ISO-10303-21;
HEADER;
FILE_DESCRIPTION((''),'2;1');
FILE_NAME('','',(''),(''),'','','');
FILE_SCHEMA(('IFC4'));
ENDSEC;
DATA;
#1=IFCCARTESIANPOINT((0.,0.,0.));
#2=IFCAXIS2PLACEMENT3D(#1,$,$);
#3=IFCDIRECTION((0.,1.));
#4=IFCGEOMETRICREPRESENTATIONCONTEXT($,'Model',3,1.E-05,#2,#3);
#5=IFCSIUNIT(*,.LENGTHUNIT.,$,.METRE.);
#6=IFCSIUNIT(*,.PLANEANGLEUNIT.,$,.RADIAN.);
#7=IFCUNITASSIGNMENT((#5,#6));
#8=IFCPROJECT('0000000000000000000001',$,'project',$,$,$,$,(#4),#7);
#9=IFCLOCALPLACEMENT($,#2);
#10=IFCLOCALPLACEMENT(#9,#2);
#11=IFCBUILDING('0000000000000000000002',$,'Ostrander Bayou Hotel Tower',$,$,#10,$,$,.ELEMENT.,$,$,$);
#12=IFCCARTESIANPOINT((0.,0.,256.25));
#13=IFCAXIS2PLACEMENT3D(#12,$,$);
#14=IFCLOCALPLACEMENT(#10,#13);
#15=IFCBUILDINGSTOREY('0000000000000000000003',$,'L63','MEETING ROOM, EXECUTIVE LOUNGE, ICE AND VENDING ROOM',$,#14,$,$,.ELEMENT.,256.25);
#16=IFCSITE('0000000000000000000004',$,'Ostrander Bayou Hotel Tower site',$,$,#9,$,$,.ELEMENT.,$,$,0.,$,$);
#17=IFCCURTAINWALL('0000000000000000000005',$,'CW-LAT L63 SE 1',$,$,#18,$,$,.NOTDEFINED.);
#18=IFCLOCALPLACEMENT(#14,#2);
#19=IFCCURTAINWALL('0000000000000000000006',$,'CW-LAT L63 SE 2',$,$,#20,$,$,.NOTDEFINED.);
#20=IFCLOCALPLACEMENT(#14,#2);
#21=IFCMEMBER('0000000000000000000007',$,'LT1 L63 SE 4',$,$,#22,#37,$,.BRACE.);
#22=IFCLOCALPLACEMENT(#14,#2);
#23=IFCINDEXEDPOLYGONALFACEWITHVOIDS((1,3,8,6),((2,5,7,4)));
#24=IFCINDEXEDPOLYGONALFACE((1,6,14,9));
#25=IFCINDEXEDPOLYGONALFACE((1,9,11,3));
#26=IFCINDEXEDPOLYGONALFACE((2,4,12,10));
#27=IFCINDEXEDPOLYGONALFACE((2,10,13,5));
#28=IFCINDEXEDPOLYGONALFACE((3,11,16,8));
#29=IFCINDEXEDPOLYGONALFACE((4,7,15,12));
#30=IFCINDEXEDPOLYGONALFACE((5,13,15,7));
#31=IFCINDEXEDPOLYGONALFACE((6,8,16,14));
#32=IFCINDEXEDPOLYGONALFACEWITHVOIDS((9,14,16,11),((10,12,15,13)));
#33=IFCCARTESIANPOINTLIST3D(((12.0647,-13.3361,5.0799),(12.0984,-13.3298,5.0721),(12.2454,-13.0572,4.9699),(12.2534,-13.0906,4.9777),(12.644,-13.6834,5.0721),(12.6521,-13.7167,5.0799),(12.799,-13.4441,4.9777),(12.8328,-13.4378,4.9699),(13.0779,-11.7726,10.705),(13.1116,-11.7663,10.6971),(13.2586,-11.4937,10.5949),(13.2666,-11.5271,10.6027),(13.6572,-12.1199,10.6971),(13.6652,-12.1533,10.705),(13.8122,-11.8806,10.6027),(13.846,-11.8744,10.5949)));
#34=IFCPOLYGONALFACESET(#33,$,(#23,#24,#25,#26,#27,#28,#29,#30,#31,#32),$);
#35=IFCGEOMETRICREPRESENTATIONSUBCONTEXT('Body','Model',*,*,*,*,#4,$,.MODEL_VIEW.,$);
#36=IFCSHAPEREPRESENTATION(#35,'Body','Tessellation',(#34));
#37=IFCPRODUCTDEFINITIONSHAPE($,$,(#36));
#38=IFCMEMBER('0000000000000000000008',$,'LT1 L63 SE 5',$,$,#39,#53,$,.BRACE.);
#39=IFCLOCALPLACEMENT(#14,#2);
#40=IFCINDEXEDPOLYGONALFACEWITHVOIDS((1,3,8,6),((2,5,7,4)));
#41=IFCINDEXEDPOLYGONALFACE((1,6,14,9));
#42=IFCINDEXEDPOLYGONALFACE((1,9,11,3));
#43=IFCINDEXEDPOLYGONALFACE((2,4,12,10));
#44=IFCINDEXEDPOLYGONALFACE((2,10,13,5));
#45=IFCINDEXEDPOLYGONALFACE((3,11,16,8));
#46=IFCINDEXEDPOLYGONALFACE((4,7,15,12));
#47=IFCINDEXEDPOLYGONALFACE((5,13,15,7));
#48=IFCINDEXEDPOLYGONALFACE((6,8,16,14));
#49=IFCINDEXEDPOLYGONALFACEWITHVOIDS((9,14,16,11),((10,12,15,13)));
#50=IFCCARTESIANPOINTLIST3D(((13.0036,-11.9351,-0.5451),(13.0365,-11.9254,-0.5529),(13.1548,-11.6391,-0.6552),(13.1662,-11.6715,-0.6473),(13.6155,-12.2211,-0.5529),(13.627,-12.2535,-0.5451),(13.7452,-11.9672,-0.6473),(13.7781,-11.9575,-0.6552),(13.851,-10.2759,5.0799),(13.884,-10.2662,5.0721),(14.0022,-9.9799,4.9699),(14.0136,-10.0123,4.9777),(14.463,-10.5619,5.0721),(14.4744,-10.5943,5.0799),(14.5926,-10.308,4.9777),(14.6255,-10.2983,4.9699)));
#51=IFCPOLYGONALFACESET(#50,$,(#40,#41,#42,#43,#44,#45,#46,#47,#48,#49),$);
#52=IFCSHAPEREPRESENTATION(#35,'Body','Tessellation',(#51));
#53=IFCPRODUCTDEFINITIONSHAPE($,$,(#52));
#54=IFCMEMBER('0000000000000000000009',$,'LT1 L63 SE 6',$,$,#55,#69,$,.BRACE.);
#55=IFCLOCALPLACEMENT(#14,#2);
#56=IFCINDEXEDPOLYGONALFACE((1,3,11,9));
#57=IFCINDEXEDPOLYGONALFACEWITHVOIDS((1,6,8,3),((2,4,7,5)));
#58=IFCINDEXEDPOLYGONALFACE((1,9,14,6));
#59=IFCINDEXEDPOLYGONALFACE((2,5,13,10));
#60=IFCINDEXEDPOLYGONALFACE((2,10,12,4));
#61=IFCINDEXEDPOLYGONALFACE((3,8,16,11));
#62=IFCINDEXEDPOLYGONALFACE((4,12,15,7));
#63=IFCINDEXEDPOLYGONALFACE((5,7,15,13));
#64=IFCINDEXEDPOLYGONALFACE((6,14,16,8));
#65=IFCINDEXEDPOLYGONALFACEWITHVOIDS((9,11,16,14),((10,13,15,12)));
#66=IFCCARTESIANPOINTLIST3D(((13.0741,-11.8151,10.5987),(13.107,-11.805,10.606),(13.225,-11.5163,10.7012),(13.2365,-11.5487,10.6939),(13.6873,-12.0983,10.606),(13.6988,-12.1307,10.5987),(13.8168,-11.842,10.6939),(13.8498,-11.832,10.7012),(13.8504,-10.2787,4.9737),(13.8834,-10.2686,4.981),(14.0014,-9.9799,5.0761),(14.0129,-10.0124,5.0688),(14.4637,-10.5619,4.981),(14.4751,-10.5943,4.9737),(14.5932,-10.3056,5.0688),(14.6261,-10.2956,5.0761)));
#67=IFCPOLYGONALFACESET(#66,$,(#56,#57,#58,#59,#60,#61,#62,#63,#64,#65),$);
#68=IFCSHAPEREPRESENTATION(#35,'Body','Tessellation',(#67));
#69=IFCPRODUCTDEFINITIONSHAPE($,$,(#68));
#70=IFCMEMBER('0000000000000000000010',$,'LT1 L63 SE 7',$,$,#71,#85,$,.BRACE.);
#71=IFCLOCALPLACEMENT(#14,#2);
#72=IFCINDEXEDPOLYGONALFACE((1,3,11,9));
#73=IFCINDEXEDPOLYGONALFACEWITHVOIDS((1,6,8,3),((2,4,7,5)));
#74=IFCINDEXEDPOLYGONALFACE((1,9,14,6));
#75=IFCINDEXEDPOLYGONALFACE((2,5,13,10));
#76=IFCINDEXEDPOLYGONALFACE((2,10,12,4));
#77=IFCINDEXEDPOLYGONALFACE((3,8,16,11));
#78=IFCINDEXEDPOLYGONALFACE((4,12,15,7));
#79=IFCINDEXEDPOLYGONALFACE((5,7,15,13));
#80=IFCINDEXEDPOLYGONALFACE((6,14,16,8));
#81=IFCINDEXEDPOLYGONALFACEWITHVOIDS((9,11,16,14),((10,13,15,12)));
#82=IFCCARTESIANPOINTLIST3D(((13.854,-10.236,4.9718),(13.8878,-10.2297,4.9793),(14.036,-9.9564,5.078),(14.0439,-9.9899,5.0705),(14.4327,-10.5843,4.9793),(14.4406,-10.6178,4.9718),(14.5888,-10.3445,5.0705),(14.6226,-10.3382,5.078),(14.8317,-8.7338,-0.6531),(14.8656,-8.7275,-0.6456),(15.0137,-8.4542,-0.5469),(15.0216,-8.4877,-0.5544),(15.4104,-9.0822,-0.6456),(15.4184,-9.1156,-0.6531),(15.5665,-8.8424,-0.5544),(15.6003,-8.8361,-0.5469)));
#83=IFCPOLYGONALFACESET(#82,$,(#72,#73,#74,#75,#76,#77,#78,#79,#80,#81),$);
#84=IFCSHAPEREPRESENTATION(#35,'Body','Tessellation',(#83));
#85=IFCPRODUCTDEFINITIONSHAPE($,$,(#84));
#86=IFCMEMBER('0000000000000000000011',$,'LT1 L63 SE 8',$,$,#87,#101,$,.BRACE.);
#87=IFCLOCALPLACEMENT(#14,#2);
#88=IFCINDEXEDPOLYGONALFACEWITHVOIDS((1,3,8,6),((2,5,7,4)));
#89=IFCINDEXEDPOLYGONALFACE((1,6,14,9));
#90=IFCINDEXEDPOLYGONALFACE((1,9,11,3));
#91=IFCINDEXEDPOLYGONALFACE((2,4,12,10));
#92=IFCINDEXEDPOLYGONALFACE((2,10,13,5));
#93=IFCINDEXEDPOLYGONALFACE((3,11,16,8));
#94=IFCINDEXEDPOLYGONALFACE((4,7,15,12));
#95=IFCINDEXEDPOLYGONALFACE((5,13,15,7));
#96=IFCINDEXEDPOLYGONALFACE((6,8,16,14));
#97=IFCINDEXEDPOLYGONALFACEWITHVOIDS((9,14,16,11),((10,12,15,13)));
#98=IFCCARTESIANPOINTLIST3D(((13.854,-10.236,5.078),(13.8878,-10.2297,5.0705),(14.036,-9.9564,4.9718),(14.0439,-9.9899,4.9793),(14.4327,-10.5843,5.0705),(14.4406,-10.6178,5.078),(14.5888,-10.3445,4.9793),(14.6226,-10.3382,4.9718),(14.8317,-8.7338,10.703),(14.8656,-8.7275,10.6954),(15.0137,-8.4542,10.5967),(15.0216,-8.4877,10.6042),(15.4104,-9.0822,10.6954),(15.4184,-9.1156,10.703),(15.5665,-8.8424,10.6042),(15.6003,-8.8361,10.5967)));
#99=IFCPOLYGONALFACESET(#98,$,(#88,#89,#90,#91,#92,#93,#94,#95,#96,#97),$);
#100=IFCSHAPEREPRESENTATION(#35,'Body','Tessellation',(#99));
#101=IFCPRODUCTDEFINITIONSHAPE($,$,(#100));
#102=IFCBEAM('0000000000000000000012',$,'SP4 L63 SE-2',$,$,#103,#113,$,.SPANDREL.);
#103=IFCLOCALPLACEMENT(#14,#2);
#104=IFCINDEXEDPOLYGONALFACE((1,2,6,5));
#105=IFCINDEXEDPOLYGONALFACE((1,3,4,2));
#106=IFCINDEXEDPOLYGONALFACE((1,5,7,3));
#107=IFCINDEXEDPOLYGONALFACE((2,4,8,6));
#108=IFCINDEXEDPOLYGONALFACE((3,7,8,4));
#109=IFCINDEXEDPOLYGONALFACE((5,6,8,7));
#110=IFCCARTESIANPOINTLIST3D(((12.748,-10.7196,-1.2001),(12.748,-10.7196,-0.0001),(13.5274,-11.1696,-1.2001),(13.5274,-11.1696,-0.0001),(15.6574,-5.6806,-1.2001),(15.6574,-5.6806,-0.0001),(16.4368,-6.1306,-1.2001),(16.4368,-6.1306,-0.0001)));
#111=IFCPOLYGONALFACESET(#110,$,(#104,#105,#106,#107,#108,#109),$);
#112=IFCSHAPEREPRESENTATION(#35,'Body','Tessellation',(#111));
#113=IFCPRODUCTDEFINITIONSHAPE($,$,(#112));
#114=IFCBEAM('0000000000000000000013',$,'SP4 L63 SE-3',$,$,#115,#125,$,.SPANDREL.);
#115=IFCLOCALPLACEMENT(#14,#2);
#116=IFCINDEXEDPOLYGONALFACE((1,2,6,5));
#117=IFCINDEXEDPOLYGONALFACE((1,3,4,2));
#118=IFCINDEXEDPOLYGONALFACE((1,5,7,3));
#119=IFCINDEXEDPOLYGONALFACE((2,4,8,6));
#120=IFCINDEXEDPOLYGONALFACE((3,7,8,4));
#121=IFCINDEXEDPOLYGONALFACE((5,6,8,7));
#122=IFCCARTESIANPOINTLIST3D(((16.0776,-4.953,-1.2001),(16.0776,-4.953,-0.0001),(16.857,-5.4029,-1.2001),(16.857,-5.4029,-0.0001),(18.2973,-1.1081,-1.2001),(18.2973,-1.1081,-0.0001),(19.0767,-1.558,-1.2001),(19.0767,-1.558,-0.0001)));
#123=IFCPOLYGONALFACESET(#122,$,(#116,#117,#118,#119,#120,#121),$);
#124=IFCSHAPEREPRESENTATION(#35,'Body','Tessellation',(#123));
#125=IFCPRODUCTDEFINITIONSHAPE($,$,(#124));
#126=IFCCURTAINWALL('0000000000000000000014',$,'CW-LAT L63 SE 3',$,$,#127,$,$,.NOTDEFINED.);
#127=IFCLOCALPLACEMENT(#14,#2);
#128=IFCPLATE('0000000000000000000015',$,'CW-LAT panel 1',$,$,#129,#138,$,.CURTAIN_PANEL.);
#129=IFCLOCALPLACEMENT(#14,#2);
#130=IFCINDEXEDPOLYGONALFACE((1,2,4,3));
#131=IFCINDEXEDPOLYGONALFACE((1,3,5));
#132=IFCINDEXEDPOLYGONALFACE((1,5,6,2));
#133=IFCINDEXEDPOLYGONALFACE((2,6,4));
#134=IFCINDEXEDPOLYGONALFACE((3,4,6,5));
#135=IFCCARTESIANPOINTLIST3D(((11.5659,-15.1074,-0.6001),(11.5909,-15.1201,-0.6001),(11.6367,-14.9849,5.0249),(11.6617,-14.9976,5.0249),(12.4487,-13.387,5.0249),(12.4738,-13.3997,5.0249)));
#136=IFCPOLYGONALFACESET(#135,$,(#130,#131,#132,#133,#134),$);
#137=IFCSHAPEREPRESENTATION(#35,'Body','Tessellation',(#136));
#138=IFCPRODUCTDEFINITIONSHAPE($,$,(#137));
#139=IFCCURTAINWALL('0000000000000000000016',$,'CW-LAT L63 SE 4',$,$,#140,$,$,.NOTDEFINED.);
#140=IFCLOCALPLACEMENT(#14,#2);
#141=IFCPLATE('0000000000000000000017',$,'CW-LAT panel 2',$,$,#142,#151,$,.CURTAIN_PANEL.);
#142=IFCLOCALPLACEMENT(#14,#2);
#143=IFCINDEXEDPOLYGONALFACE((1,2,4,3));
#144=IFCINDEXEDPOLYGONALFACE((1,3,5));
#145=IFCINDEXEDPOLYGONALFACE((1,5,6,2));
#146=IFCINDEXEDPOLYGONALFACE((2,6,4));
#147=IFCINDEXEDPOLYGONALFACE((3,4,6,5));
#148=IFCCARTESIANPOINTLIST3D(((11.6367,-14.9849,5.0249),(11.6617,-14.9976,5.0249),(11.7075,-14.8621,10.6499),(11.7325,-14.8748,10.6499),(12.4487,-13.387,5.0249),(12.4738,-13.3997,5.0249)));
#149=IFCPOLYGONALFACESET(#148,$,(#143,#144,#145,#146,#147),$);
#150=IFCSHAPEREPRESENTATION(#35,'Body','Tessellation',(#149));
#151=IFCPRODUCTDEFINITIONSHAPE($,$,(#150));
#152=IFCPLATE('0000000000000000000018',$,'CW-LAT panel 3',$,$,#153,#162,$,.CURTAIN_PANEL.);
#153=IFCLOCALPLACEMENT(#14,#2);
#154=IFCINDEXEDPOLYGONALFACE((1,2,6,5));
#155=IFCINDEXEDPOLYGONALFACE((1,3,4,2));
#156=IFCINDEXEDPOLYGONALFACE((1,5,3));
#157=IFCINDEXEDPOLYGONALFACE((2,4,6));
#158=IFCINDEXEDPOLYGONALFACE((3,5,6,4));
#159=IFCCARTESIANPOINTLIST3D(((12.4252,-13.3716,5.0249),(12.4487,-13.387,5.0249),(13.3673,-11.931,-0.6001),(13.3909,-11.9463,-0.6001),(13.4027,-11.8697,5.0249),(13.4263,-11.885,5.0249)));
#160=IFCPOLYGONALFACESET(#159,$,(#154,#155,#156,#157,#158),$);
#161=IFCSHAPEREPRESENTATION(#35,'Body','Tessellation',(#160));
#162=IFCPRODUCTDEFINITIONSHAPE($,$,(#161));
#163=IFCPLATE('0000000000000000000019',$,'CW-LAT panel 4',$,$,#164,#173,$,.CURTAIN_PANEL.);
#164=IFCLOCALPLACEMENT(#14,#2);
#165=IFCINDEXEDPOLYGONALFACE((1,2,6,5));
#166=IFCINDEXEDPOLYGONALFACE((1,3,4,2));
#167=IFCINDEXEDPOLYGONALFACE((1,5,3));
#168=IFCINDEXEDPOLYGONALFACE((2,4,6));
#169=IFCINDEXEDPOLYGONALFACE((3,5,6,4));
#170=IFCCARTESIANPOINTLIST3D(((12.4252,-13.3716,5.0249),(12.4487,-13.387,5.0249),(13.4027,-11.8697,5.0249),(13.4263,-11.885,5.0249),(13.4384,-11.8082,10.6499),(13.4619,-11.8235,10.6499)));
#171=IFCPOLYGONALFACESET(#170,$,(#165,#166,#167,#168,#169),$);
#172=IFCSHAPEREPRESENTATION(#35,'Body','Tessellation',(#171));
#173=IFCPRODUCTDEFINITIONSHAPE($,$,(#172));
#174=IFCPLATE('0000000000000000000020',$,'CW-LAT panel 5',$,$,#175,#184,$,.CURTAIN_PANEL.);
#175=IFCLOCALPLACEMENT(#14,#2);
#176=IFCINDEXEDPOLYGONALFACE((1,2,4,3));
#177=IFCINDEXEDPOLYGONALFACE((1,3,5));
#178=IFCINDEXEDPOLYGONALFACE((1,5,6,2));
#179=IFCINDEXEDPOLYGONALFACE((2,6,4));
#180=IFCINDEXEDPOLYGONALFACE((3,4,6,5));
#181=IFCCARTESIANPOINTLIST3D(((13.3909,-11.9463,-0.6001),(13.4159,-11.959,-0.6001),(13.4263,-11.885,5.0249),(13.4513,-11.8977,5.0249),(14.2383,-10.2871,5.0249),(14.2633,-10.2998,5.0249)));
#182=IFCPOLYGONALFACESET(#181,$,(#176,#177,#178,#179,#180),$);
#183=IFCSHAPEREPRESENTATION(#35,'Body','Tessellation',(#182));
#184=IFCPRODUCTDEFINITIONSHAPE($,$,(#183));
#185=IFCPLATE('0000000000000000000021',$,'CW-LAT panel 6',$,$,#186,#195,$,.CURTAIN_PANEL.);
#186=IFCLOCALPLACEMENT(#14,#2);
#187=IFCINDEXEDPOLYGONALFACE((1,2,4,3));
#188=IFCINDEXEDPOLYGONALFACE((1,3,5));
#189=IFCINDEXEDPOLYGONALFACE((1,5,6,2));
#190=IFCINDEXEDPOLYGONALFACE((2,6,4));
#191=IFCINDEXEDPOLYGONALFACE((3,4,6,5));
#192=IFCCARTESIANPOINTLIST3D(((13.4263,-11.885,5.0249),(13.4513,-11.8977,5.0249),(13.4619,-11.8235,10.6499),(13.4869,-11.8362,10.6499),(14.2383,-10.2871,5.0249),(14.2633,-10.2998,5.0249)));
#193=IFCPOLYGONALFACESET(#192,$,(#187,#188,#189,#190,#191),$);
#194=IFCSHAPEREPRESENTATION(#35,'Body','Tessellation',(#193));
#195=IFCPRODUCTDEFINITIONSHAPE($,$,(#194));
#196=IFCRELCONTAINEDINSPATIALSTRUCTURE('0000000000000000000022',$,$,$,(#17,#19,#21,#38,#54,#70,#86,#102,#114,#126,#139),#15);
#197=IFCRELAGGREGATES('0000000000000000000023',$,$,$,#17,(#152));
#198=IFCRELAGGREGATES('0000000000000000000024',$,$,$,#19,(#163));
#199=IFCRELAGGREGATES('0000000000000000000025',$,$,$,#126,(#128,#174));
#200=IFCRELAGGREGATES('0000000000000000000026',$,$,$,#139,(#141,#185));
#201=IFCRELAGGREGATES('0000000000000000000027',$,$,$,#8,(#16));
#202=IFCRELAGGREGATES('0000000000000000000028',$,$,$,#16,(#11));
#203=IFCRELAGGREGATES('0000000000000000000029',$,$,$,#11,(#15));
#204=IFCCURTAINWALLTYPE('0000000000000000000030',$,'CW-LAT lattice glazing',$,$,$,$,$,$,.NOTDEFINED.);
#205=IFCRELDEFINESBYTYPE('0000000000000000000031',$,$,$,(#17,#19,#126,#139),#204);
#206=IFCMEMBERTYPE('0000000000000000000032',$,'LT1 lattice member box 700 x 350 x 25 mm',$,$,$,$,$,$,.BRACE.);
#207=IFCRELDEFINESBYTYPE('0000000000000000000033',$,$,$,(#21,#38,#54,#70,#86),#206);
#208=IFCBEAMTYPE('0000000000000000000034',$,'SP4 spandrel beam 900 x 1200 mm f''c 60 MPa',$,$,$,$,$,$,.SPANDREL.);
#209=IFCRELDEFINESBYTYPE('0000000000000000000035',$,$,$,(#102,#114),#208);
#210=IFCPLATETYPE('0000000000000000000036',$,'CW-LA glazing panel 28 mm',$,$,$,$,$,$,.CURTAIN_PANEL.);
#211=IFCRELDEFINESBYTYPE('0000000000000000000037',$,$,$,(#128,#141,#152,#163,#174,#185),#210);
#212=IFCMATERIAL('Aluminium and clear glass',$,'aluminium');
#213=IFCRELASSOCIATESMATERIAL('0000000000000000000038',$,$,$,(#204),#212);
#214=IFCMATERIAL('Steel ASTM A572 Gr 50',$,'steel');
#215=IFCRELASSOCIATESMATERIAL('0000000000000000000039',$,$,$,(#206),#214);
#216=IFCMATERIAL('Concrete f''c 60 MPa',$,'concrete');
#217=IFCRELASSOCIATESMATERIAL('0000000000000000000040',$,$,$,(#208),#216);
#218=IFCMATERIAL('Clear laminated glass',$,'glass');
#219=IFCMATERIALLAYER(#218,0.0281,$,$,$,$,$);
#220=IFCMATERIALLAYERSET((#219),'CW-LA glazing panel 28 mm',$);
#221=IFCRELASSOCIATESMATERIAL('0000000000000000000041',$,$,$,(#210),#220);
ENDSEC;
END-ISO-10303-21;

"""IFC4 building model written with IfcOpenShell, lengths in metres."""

from ifc_helpers import new_model, si_unit, direction, frame, origin, origin_2d, place, context, subcontext, project, spatial, polyline, rectangle, hollow_rectangle, outline, extrude, material, layer, layer_set, material_profile, profile_set, type_object, element, aggregate, save


model = new_model("IFC4")

# Units and contexts
model_context = context("Model", 3, precision=1e-05, world=origin(), true_north=direction((0.0, 1.0)))
body_context = subcontext(model_context, "Body", "Model", "MODEL_VIEW")
ifc_project = project(units=[si_unit("LENGTHUNIT", "METRE"), si_unit("PLANEANGLEUNIT", "RADIAN")], contexts=[model_context])

# Site, building, storey
site_placement = place(None, origin())
site = spatial("IfcSite", under=ifc_project, at=site_placement, Name="Ostrander Bayou Hotel Tower site", CompositionType="ELEMENT", RefElevation=0.0)
building_placement = place(site_placement, origin())
building = spatial("IfcBuilding", under=site, at=building_placement, Name="Ostrander Bayou Hotel Tower", CompositionType="ELEMENT")
storey_placement = place(building_placement, frame((0.0, 0.0, 256.25)))
storey = spatial("IfcBuildingStorey", under=building, at=storey_placement, Name="L63", Description="MEETING ROOM, EXECUTIVE LOUNGE, ICE AND VENDING ROOM", CompositionType="ELEMENT", Elevation=256.25)

# Curtain walls
ifc_material_1 = material(Name="Aluminium and clear glass", Category="aluminium")
curtain_wall_type = type_object("IfcCurtainWallType", Name="CW-LAT lattice glazing", PredefinedType="NOTDEFINED", material=ifc_material_1)
curtain_wall_1_placement = place(storey_placement, origin())
curtain_wall_1 = element("IfcCurtainWall", 1, at=curtain_wall_1_placement, inside=storey, type_object=curtain_wall_type, Name="CW-LAT L63 SE 1", PredefinedType="NOTDEFINED")
curtain_wall_2_placement = place(storey_placement, origin())
curtain_wall_2 = element("IfcCurtainWall", 2, at=curtain_wall_2_placement, inside=storey, type_object=curtain_wall_type, Name="CW-LAT L63 SE 2", PredefinedType="NOTDEFINED")

# Members
ifc_material_2 = material(Name="Steel ASTM A572 Gr 50", Category="steel")
ifc_material_profile_1 = material_profile(ifc_material_2, hollow_rectangle(XDim=0.7, YDim=0.3501, WallThickness=0.0249, at=origin_2d()))
ifc_profile_set_1 = profile_set([ifc_material_profile_1], Name="Steel ASTM A572 Gr 50")
member_type_1 = type_object("IfcMemberType", Name="LT1 lattice member box 700 x 350 x 25 mm", PredefinedType="BRACE", material=ifc_profile_set_1)
for number, where, z_axis, x_axis, name in (
    (3, (12.4487, -13.387, 5.0249), (0.170987, 0.263855, 0.949286), (-0.839197, 0.543827, 0.0), "LT1 L63 SE 4"),
    (4, (14.2383, -10.2871, 5.0249), (-0.143011, -0.280006, -0.949286), (0.890568, -0.45485, 0.0), "LT1 L63 SE 5"),
):
    element("IfcMember", number, at=place(storey_placement, frame(where, z_axis=z_axis, x_axis=x_axis)), inside=storey, type_object=member_type_1, Name=name, PredefinedType="BRACE", context=body_context, shape_type="SweptSolid", body=[
        extrude(hollow_rectangle(XDim=0.7, YDim=0.3501, WallThickness=0.0249, at=origin_2d()), origin(), (0.0, 0.0, 1.0), 5.9255),
    ])
member_1_placement = place(storey_placement, frame((14.2383, -10.2871, 5.0249), z_axis=(-0.131979, -0.261177, 0.956226), x_axis=(0.892519, -0.451011, 0.0)))
element("IfcMember", 5, at=member_1_placement, inside=storey, type_object=member_type_1, Name="LT1 L63 SE 6", PredefinedType="BRACE", context=body_context, shape_type="SweptSolid", body=[
    extrude(hollow_rectangle(XDim=0.7, YDim=0.3501, WallThickness=0.0249, at=origin_2d()), origin(), (0.0, 0.0, 1.0), 5.8826),
])
for number, where, z_axis, x_axis, name in (
    (6, (14.2383, -10.2871, 5.0249), (0.165623, 0.254452, -0.952798), (-0.838098, 0.54552, 0.0), "LT1 L63 SE 7"),
    (7, (14.2383, -10.2871, 5.0249), (0.165623, 0.254452, 0.952798), (-0.838098, 0.54552, 0.0), "LT1 L63 SE 8"),
):
    element("IfcMember", number, at=place(storey_placement, frame(where, z_axis=z_axis, x_axis=x_axis)), inside=storey, type_object=member_type_1, Name=name, PredefinedType="BRACE", context=body_context, shape_type="SweptSolid", body=[
        extrude(hollow_rectangle(XDim=0.7, YDim=0.3501, WallThickness=0.0249, at=origin_2d()), origin(), (0.0, 0.0, 1.0), 5.9036),
    ])

# Beams
ifc_material_3 = material(Name="Concrete f'c 60 MPa", Category="concrete")
ifc_material_profile_2 = material_profile(ifc_material_3, rectangle(XDim=0.8999, YDim=1.2, at=origin_2d()))
ifc_profile_set_2 = profile_set([ifc_material_profile_2], Name="Concrete f'c 60 MPa")
beam_type_1 = type_object("IfcBeamType", Name="SP4 spandrel beam 900 x 1200 mm f'c 60 MPa", PredefinedType="SPANDREL", material=ifc_profile_set_2)
beam_1_placement = place(storey_placement, frame((13.1377, -10.9446, -0.6001), z_axis=(0.500015, 0.866016, 0.0), x_axis=(-0.866016, 0.500015, 0.0)))
element("IfcBeam", 8, at=beam_1_placement, inside=storey, type_object=beam_type_1, Name="SP4 L63 SE-2", PredefinedType="SPANDREL", context=body_context, shape_type="SweptSolid", body=[
    extrude(rectangle(XDim=0.8999, YDim=1.2, at=origin_2d()), origin(), (0.0, 0.0, 1.0), 5.8186),
])
beam_2_placement = place(storey_placement, frame((16.4673, -5.178, -0.6001), z_axis=(0.499972, 0.866042, 0.0), x_axis=(-0.866042, 0.499972, 0.0)))
element("IfcBeam", 9, at=beam_2_placement, inside=storey, type_object=beam_type_1, Name="SP4 L63 SE-3", PredefinedType="SPANDREL", context=body_context, shape_type="SweptSolid", body=[
    extrude(rectangle(XDim=0.8999, YDim=1.2, at=origin_2d()), origin(), (0.0, 0.0, 1.0), 4.4397),
])

# Curtain walls, plates
curtain_wall_3_placement = place(storey_placement, origin())
curtain_wall_3 = element("IfcCurtainWall", 10, at=curtain_wall_3_placement, inside=storey, type_object=curtain_wall_type, Name="CW-LAT L63 SE 3", PredefinedType="NOTDEFINED")
ifc_material_4 = material(Name="Clear laminated glass", Category="glass")
ifc_layer_1 = layer(ifc_material_4, 0.0281)
ifc_layer_set_1 = layer_set([ifc_layer_1], Name="CW-LA glazing panel 28 mm")
plate_type = type_object("IfcPlateType", Name="CW-LA glazing panel 28 mm", PredefinedType="CURTAIN_PANEL", material=ifc_layer_set_1)
plate_1_placement = place(storey_placement, frame((12.4487, -13.387, 5.0249), z_axis=(-0.891492, 0.453033, 0.00135), x_axis=(-0.148419, -0.289245, -0.945679)))
plate_1 = element("IfcPlate", 11, at=plate_1_placement, type_object=plate_type, Name="CW-LAT panel 1", PredefinedType="CURTAIN_PANEL", context=body_context, shape_type="SweptSolid", body=[
    extrude(outline(polyline([(0.0, 0.0), (5.9481, 0.0), (0.5827, 1.695), (0.0, 0.0)])), origin(), (0.0, 0.0, -1.0), 0.0281),
])
curtain_wall_4_placement = place(storey_placement, origin())
curtain_wall_4 = element("IfcCurtainWall", 12, at=curtain_wall_4_placement, inside=storey, type_object=curtain_wall_type, Name="CW-LAT L63 SE 4", PredefinedType="NOTDEFINED")
plate_2_placement = place(storey_placement, frame((12.4487, -13.387, 5.0249), z_axis=(-0.891493, 0.453033, 0.001331), x_axis=(-0.126438, -0.251627, 0.95953)))
plate_2 = element("IfcPlate", 13, at=plate_2_placement, type_object=plate_type, Name="CW-LAT panel 2", PredefinedType="CURTAIN_PANEL", context=body_context, shape_type="SweptSolid", body=[
    extrude(outline(polyline([(0.0, 0.0), (5.8622, 0.0), (0.5047, -1.7198), (0.0, 0.0)])), origin(), (0.0, 0.0, -1.0), 0.0281),
])

# Plates
plate_3_placement = place(storey_placement, frame((12.4487, -13.387, 5.0249), z_axis=(0.83812, -0.545486, 0.000668), x_axis=(0.16016, 0.244908, -0.956226)))
plate_3 = element("IfcPlate", 14, at=plate_3_placement, type_object=plate_type, Name="CW-LAT panel 3", PredefinedType="CURTAIN_PANEL", context=body_context, shape_type="SweptSolid", body=[
    extrude(outline(polyline([(0.0, 0.0), (5.8825, 0.0), (0.5244, 1.7136), (0.0, 0.0)])), origin(), (0.0, 0.0, -1.0), 0.0281),
])
aggregate(curtain_wall_1, [plate_3])
plate_4_placement = place(storey_placement, frame((12.4487, -13.387, 5.0249), z_axis=(0.83812, -0.545486, 0.000655), x_axis=(0.170987, 0.263855, 0.949286)))
plate_4 = element("IfcPlate", 15, at=plate_4_placement, type_object=plate_type, Name="CW-LAT panel 4", PredefinedType="CURTAIN_PANEL", context=body_context, shape_type="SweptSolid", body=[
    extrude(outline(polyline([(0.0, 0.0), (5.9255, 0.0), (0.5634, -1.7012), (0.0, 0.0)])), origin(), (0.0, 0.0, -1.0), 0.0281),
])
aggregate(curtain_wall_2, [plate_4])
plate_5_placement = place(storey_placement, frame((14.2383, -10.2871, 5.0249), z_axis=(-0.891493, 0.453034, 0.000675), x_axis=(-0.143011, -0.280006, -0.949286)))
plate_5 = element("IfcPlate", 16, at=plate_5_placement, type_object=plate_type, Name="CW-LAT panel 5", PredefinedType="CURTAIN_PANEL", context=body_context, shape_type="SweptSolid", body=[
    extrude(outline(polyline([(0.0, 0.0), (5.9255, 0.0), (0.5635, 1.7015), (0.0, 0.0)])), origin(), (0.0, 0.0, -1.0), 0.0281),
])
aggregate(curtain_wall_3, [plate_1, plate_5])
plate_6_placement = place(storey_placement, frame((14.2383, -10.2871, 5.0249), z_axis=(-0.891493, 0.453034, 0.000694), x_axis=(-0.131979, -0.261177, 0.956226)))
plate_6 = element("IfcPlate", 17, at=plate_6_placement, type_object=plate_type, Name="CW-LAT panel 6", PredefinedType="CURTAIN_PANEL", context=body_context, shape_type="SweptSolid", body=[
    extrude(outline(polyline([(0.0, 0.0), (5.8825, 0.0), (0.5245, -1.7139), (0.0, 0.0)])), origin(), (0.0, 0.0, -1.0), 0.0281),
])
aggregate(curtain_wall_4, [plate_2, plate_6])

save(model, "model.ifc")
